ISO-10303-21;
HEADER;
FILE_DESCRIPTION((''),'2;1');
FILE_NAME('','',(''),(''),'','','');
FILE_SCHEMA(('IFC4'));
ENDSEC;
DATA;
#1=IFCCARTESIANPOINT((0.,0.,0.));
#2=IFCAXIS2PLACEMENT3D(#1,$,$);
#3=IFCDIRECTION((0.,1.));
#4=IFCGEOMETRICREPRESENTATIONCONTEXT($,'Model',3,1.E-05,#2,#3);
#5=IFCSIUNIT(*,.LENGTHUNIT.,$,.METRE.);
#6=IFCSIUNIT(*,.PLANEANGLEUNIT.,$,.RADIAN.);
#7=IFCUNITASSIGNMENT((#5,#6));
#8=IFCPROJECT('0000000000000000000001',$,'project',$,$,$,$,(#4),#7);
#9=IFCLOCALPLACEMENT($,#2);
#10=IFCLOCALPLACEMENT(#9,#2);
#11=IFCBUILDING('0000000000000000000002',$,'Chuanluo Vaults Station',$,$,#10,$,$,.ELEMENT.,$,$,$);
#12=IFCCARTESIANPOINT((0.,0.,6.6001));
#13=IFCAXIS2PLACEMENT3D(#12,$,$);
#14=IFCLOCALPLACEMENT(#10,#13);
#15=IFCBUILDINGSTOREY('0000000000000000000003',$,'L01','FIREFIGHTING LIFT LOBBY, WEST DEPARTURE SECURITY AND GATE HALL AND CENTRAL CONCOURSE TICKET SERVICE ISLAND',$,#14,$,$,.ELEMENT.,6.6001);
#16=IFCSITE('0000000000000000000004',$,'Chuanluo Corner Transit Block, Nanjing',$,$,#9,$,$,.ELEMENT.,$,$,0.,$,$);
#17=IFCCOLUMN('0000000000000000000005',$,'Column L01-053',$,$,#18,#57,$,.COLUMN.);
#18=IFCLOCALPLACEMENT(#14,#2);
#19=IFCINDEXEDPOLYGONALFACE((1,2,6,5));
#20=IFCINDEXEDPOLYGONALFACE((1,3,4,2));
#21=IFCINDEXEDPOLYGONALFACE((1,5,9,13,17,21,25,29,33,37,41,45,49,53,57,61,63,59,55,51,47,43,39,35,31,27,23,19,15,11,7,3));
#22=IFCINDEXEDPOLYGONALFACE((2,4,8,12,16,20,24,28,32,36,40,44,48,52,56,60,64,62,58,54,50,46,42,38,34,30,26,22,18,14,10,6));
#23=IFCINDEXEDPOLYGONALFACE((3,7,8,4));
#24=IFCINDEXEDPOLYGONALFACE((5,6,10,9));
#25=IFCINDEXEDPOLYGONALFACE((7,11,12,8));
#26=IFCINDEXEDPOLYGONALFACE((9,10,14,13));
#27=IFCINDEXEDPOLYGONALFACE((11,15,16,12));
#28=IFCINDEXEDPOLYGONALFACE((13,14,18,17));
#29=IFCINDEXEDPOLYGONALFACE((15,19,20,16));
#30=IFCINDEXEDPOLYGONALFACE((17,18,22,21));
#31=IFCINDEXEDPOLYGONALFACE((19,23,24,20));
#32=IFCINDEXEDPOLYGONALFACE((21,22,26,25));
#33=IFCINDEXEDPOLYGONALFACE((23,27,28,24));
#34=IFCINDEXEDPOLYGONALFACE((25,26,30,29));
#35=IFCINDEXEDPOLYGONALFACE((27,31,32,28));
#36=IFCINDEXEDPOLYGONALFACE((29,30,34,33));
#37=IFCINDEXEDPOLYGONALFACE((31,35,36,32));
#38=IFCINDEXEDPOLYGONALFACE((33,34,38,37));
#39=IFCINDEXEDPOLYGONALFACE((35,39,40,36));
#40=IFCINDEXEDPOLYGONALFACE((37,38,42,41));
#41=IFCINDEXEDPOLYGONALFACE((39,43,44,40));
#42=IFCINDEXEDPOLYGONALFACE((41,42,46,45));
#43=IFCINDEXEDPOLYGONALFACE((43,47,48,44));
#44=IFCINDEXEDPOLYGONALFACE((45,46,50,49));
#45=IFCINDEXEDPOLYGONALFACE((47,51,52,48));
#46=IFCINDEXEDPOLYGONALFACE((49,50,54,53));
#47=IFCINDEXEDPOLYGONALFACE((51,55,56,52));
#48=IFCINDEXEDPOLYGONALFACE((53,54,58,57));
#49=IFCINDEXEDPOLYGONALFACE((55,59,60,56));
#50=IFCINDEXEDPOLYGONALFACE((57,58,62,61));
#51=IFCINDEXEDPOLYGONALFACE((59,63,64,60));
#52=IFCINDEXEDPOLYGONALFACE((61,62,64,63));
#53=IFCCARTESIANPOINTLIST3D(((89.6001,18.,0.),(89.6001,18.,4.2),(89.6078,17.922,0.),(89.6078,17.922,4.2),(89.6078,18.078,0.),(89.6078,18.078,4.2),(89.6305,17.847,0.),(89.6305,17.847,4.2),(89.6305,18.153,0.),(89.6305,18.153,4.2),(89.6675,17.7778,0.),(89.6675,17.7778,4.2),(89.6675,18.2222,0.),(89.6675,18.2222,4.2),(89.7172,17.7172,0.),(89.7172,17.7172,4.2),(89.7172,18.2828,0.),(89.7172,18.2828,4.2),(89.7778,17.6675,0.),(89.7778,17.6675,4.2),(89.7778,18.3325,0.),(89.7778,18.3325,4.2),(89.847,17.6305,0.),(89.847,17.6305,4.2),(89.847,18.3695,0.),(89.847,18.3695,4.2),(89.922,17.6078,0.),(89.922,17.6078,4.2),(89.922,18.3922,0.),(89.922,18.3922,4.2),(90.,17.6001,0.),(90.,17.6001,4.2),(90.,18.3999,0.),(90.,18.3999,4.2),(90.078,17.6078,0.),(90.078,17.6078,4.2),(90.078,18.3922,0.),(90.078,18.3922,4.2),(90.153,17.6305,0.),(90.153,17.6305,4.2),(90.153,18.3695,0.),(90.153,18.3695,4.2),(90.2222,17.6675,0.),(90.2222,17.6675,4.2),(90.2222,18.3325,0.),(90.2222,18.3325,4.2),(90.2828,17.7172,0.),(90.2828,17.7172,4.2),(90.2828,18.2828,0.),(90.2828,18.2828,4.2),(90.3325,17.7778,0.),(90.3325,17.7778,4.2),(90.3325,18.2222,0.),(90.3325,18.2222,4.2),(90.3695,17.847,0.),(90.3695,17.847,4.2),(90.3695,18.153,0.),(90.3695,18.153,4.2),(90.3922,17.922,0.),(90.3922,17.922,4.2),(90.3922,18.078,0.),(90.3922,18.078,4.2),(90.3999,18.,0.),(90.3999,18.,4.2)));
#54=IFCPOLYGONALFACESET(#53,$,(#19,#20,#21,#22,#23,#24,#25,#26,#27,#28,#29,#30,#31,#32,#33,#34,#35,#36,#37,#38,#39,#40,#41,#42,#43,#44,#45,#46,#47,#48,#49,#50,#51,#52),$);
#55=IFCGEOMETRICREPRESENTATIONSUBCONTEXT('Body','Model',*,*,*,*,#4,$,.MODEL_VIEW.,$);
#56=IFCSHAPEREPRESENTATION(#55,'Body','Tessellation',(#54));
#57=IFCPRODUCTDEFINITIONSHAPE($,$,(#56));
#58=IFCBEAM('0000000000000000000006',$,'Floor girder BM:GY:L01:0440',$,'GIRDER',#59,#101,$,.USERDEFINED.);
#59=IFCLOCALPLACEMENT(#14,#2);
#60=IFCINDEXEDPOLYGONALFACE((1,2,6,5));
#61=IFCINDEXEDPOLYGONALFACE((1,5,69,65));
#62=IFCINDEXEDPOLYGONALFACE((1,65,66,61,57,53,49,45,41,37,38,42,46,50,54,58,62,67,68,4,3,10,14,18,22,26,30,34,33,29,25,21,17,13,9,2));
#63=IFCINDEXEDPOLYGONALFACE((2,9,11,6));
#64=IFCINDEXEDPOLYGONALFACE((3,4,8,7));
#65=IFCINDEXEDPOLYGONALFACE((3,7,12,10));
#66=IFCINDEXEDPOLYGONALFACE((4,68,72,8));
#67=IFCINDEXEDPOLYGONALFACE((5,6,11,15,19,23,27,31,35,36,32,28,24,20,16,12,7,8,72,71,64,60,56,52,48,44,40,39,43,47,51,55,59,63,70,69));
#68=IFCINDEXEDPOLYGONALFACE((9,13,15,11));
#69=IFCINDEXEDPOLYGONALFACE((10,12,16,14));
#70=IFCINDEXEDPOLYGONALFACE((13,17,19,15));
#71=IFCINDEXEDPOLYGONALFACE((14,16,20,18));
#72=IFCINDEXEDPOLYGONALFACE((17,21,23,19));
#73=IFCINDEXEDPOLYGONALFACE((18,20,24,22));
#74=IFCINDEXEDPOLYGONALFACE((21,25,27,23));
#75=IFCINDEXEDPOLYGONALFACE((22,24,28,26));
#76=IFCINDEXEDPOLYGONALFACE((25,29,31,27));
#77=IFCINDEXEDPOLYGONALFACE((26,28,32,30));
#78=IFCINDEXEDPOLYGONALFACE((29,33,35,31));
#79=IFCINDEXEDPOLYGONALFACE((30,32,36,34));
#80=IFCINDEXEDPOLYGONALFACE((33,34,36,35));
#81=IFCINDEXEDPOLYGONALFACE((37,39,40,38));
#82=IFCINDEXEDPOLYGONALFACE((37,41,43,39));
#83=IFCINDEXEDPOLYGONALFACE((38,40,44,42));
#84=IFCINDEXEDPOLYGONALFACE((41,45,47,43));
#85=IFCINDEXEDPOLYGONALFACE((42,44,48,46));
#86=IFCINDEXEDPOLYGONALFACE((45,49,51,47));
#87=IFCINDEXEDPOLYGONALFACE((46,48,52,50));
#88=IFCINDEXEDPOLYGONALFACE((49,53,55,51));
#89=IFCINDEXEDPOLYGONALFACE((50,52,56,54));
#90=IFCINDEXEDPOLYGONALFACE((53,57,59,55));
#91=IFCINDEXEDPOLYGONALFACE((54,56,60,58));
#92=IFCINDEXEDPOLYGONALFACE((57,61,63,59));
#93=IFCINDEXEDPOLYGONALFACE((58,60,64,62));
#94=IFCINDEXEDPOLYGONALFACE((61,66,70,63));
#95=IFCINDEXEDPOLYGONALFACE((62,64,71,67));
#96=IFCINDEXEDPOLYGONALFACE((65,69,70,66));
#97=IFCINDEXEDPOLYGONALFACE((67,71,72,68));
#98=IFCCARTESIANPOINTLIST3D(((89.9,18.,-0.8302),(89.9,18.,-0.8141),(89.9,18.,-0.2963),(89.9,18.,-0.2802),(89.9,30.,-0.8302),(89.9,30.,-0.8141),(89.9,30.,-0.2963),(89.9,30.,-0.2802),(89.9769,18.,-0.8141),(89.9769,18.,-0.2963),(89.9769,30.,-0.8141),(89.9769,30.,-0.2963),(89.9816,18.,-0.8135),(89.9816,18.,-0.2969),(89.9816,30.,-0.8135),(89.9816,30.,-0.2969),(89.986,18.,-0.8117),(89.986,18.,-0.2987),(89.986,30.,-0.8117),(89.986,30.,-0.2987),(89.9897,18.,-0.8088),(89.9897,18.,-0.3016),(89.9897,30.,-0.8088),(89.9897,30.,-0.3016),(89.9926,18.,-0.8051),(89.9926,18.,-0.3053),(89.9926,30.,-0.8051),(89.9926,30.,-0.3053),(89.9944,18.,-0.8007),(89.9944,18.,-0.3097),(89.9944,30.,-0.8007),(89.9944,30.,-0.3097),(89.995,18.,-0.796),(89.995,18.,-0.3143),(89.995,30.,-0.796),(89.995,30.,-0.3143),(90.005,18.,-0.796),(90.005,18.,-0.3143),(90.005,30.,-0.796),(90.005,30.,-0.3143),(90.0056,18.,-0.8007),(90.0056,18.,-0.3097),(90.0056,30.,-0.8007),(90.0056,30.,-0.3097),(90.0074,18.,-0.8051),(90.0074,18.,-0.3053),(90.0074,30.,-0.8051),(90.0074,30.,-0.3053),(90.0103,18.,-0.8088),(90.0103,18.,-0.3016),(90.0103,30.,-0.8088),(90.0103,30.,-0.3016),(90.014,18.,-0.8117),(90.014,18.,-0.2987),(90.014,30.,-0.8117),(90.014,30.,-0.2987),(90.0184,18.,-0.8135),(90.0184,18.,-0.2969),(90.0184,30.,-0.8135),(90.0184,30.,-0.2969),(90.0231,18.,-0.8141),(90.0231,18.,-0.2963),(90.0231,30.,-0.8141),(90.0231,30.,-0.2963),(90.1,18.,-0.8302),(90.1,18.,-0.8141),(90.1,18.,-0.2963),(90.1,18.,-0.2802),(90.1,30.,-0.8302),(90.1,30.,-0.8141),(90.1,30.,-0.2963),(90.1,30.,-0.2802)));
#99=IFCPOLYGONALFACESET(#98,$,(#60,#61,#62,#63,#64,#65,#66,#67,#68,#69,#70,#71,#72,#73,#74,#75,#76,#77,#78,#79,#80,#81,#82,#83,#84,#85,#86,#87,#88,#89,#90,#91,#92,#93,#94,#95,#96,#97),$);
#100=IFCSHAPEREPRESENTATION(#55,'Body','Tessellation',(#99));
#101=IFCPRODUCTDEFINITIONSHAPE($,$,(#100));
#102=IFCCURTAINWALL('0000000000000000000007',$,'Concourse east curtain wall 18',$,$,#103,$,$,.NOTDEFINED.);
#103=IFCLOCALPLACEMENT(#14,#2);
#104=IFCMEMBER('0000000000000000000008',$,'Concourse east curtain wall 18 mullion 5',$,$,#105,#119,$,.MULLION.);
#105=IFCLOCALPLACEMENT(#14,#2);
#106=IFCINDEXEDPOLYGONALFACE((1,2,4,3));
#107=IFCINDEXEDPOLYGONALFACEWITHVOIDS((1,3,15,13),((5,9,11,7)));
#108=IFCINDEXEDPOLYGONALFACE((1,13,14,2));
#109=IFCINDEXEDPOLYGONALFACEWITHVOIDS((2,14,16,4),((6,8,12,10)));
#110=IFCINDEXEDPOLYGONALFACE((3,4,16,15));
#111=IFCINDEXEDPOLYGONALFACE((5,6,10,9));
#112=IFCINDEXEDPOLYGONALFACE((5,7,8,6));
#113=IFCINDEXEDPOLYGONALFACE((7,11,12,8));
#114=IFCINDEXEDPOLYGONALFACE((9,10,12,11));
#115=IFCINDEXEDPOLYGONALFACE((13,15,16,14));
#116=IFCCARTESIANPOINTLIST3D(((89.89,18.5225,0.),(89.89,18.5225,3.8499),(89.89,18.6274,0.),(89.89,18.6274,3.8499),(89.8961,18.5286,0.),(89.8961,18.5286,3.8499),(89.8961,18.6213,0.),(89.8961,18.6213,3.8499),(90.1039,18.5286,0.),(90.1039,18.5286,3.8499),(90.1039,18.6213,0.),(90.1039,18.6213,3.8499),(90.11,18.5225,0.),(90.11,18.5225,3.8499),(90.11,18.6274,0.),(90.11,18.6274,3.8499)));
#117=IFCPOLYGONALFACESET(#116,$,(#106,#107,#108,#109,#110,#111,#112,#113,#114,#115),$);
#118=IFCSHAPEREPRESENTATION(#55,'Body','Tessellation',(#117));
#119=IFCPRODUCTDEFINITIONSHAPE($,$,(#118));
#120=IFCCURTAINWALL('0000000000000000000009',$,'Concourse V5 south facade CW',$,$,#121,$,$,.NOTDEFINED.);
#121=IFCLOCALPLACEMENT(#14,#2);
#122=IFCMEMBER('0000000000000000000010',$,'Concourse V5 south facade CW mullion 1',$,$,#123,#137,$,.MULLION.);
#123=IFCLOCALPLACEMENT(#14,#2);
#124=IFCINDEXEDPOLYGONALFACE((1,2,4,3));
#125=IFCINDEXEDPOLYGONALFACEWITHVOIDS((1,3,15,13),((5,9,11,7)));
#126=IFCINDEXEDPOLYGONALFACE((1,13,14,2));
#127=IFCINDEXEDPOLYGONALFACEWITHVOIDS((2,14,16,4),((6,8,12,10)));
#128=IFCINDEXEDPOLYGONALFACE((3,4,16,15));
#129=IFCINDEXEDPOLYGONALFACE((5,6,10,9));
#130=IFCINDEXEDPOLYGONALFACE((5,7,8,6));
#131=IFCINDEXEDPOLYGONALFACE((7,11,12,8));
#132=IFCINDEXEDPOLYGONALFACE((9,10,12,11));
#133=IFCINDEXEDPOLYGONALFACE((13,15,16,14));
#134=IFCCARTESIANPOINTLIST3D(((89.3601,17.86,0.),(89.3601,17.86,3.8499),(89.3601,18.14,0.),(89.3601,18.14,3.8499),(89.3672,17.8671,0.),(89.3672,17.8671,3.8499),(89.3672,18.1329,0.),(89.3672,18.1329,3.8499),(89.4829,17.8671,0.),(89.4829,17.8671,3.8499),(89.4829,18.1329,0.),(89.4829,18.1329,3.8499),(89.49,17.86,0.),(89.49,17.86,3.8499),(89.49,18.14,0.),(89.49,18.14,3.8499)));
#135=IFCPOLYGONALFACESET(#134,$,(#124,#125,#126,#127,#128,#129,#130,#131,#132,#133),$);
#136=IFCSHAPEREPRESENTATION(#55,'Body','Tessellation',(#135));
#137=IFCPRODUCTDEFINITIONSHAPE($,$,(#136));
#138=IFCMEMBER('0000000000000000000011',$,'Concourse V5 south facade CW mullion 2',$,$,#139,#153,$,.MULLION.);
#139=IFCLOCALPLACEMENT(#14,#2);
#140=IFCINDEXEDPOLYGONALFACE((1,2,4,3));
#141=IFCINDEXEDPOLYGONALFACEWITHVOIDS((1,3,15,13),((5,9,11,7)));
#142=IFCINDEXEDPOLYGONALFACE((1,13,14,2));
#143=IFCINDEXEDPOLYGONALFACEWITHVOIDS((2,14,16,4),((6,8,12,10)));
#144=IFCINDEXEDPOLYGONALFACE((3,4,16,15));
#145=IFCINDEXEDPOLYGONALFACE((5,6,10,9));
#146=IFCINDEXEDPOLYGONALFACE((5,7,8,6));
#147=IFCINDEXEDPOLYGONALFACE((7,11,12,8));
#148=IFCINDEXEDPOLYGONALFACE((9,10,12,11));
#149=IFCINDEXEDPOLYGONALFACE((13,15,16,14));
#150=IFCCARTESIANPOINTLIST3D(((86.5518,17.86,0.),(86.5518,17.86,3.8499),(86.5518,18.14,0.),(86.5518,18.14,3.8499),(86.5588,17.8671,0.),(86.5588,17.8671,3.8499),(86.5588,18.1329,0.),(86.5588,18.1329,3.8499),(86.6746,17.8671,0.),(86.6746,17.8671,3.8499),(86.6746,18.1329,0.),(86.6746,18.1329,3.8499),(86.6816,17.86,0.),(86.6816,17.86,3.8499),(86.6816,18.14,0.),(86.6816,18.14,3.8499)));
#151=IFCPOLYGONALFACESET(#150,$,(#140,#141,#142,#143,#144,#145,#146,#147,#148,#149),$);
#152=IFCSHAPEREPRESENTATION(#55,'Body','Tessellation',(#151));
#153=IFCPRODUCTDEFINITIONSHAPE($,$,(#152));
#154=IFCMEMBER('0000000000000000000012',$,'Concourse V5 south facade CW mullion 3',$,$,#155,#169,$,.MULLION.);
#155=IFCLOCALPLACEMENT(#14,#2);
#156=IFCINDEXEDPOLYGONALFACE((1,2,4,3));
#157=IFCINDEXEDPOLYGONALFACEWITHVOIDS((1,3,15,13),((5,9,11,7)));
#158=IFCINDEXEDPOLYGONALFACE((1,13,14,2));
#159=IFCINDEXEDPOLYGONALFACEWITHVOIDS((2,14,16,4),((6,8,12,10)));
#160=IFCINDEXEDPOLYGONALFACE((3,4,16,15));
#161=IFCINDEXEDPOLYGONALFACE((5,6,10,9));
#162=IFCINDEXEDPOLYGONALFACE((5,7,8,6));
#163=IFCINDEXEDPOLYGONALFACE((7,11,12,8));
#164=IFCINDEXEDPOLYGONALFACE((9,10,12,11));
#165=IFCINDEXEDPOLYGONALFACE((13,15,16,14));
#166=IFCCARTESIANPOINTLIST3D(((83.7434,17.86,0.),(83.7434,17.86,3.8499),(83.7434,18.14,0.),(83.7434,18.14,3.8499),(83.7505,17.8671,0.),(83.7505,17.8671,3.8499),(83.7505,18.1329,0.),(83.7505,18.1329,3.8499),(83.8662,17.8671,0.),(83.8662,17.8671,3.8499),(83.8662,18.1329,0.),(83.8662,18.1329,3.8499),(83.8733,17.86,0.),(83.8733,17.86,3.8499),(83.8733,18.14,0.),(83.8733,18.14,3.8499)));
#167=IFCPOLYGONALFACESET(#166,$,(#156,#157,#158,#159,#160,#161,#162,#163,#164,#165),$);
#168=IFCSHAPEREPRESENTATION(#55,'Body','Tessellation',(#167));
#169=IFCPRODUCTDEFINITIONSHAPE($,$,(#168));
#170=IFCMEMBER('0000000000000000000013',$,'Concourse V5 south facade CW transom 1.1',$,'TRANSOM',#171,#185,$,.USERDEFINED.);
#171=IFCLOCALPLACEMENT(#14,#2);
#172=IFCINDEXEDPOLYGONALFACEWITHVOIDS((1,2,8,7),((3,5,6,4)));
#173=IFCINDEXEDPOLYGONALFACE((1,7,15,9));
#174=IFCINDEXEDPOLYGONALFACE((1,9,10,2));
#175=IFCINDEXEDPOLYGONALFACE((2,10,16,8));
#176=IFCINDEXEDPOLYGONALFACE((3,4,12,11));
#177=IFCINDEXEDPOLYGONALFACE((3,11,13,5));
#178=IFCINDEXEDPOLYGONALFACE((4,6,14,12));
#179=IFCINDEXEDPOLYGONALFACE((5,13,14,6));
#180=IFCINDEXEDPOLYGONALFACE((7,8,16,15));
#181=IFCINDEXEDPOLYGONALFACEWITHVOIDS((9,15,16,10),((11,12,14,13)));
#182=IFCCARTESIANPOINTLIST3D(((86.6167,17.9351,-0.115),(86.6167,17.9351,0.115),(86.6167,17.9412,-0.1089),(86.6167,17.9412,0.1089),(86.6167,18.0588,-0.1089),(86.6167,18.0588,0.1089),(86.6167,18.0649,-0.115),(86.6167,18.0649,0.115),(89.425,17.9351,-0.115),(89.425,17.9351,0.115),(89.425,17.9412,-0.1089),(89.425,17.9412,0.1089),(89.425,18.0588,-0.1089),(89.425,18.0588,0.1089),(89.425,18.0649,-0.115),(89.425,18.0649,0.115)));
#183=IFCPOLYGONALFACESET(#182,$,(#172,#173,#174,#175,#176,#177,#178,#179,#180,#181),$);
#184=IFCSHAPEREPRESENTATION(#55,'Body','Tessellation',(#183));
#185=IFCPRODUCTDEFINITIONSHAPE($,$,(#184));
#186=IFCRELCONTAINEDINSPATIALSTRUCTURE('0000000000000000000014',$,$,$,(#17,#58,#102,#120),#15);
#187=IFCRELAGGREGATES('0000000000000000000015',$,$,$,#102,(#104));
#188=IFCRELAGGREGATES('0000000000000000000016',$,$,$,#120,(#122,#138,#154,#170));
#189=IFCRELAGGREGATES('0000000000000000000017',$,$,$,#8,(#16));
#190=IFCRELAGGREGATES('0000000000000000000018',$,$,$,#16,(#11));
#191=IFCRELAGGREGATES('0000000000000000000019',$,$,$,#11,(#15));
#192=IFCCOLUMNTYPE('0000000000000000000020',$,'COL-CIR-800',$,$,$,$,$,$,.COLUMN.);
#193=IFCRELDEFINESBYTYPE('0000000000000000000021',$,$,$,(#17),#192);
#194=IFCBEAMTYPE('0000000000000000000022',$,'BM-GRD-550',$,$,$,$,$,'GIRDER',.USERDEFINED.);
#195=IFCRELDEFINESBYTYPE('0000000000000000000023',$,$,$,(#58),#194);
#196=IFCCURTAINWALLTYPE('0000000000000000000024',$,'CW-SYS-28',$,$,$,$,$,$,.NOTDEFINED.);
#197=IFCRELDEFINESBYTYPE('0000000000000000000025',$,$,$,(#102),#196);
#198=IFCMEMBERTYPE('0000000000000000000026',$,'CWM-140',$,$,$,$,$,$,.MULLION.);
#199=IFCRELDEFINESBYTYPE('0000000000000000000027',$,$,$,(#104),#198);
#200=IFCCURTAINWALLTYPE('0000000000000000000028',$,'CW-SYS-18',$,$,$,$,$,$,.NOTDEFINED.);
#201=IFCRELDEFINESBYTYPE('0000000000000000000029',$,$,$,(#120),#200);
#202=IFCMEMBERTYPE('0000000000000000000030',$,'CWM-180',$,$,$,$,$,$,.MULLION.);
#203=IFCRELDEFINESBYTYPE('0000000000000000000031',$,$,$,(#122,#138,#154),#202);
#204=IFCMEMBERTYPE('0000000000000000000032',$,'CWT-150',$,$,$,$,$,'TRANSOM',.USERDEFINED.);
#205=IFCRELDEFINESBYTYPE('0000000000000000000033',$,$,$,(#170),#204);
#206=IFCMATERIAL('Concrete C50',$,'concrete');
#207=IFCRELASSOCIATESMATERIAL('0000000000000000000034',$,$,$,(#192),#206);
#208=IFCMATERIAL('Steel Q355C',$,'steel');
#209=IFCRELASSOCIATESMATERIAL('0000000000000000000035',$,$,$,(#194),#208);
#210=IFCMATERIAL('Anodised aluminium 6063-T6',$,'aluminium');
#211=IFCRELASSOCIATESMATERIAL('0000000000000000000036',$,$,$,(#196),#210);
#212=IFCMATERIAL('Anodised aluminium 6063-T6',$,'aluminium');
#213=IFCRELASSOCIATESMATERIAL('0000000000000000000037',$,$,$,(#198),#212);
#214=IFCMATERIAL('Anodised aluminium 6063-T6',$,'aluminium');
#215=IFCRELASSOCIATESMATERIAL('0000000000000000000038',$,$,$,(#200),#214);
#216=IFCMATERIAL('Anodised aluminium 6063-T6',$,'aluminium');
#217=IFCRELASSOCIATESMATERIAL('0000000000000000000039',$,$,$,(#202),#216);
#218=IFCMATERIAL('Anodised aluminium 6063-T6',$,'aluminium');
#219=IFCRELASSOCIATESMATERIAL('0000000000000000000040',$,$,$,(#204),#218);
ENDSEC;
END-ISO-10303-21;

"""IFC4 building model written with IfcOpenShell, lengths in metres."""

from ifc_helpers import new_model, si_unit, direction, frame, origin, origin_2d, place, context, subcontext, project, spatial, hollow_rectangle, circle, i_section, extrude, material, material_profile, profile_set, type_object, element, aggregate, save


model = new_model("IFC4")

# Units and contexts
model_context = context("Model", 3, precision=1e-05, world=origin(), true_north=direction((0.0, 1.0)))
body_context = subcontext(model_context, "Body", "Model", "MODEL_VIEW")
ifc_project = project(units=[si_unit("LENGTHUNIT", "METRE"), si_unit("PLANEANGLEUNIT", "RADIAN")], contexts=[model_context])

# Site, building, storey
site_placement = place(None, origin())
site = spatial("IfcSite", under=ifc_project, at=site_placement, Name="Chuanluo Corner Transit Block, Nanjing", CompositionType="ELEMENT", RefElevation=0.0)
building_placement = place(site_placement, origin())
building = spatial("IfcBuilding", under=site, at=building_placement, Name="Chuanluo Vaults Station", CompositionType="ELEMENT")
storey_placement = place(building_placement, frame((0.0, 0.0, 6.6001)))
storey = spatial("IfcBuildingStorey", under=building, at=storey_placement, Name="L01", Description="FIREFIGHTING LIFT LOBBY, WEST DEPARTURE SECURITY AND GATE HALL AND CENTRAL CONCOURSE TICKET SERVICE ISLAND", CompositionType="ELEMENT", Elevation=6.6001)

# Column
ifc_material_1 = material(Name="Concrete C50", Category="concrete")
ifc_material_profile_1 = material_profile(ifc_material_1, circle(Radius=0.3999, at=origin_2d()))
ifc_profile_set_1 = profile_set([ifc_material_profile_1], Name="Concrete C50")
column_type = type_object("IfcColumnType", Name="COL-CIR-800", PredefinedType="COLUMN", material=ifc_profile_set_1)
column_placement = place(storey_placement, frame((90.0, 18.0, 0.0), z_axis=(0.0, 0.0, 1.0), x_axis=(1.0, 0.0, 0.0)))
element("IfcColumn", 1, at=column_placement, inside=storey, type_object=column_type, Name="Column L01-053", PredefinedType="COLUMN", context=body_context, shape_type="SweptSolid", body=[
    extrude(circle(Radius=0.3999, at=origin_2d()), origin(), (0.0, 0.0, 1.0), 4.2),
])

# Beam
ifc_material_2 = material(Name="Steel Q355C", Category="steel")
ifc_material_profile_2 = material_profile(ifc_material_2, i_section(OverallWidth=0.2, OverallDepth=0.55, WebThickness=0.01, FlangeThickness=0.0161, FilletRadius=0.0181, at=origin_2d()))
ifc_profile_set_2 = profile_set([ifc_material_profile_2], Name="Steel Q355C")
beam_type = type_object("IfcBeamType", Name="BM-GRD-550", ElementType="GIRDER", PredefinedType="USERDEFINED", material=ifc_profile_set_2)
beam_placement = place(storey_placement, frame((90.0, 18.0, -0.5552), z_axis=(0.0, 1.0, 0.0), x_axis=(-1.0, 0.0, 0.0)))
element("IfcBeam", 2, at=beam_placement, inside=storey, type_object=beam_type, Name="Floor girder BM:GY:L01:0440", ObjectType="GIRDER", PredefinedType="USERDEFINED", context=body_context, shape_type="SweptSolid", body=[
    extrude(i_section(OverallWidth=0.2, OverallDepth=0.55, WebThickness=0.01, FlangeThickness=0.0161, FilletRadius=0.0181, at=origin_2d()), origin(), (0.0, 0.0, 1.0), 12.0),
])

# Curtain wall, member
ifc_material_3 = material(Name="Anodised aluminium 6063-T6", Category="aluminium")
curtain_wall_type_1 = type_object("IfcCurtainWallType", Name="CW-SYS-28", PredefinedType="NOTDEFINED", material=ifc_material_3)
curtain_wall_1_placement = place(storey_placement, origin())
curtain_wall_1 = element("IfcCurtainWall", 3, at=curtain_wall_1_placement, inside=storey, type_object=curtain_wall_type_1, Name="Concourse east curtain wall 18", PredefinedType="NOTDEFINED")
ifc_material_4 = material(Name="Anodised aluminium 6063-T6", Category="aluminium")
ifc_material_profile_3 = material_profile(ifc_material_4, hollow_rectangle(XDim=0.105, YDim=0.22, WallThickness=0.0061, at=origin_2d()))
ifc_profile_set_3 = profile_set([ifc_material_profile_3], Name="Anodised aluminium 6063-T6")
member_type_1 = type_object("IfcMemberType", Name="CWM-140", PredefinedType="MULLION", material=ifc_profile_set_3)
member_1_placement = place(storey_placement, frame((90.0, 18.575, 0.0), z_axis=(0.0, 0.0, 1.0), x_axis=(0.0, -1.0, 0.0)))
member_1 = element("IfcMember", 4, at=member_1_placement, type_object=member_type_1, Name="Concourse east curtain wall 18 mullion 5", PredefinedType="MULLION", context=body_context, shape_type="SweptSolid", body=[
    extrude(hollow_rectangle(XDim=0.105, YDim=0.22, WallThickness=0.0061, at=origin_2d()), origin(), (0.0, 0.0, 1.0), 3.8499),
])
aggregate(curtain_wall_1, [member_1])

# Curtain wall, members
ifc_material_5 = material(Name="Anodised aluminium 6063-T6", Category="aluminium")
curtain_wall_type_2 = type_object("IfcCurtainWallType", Name="CW-SYS-18", PredefinedType="NOTDEFINED", material=ifc_material_5)
curtain_wall_2_placement = place(storey_placement, origin())
curtain_wall_2 = element("IfcCurtainWall", 5, at=curtain_wall_2_placement, inside=storey, type_object=curtain_wall_type_2, Name="Concourse V5 south facade CW", PredefinedType="NOTDEFINED")
ifc_material_6 = material(Name="Anodised aluminium 6063-T6", Category="aluminium")
ifc_material_profile_4 = material_profile(ifc_material_6, hollow_rectangle(XDim=0.1299, YDim=0.28, WallThickness=0.0071, at=origin_2d()))
ifc_profile_set_4 = profile_set([ifc_material_profile_4], Name="Anodised aluminium 6063-T6")
member_type_2 = type_object("IfcMemberType", Name="CWM-180", PredefinedType="MULLION", material=ifc_profile_set_4)
member_2_placement = place(storey_placement, frame((89.425, 18.0, 0.0), z_axis=(0.0, 0.0, 1.0), x_axis=(-1.0, 0.0, 0.0)))
member_2 = element("IfcMember", 6, at=member_2_placement, type_object=member_type_2, Name="Concourse V5 south facade CW mullion 1", PredefinedType="MULLION", context=body_context, shape_type="SweptSolid", body=[
    extrude(hollow_rectangle(XDim=0.1299, YDim=0.28, WallThickness=0.0071, at=origin_2d()), origin(), (0.0, 0.0, 1.0), 3.8499),
])
member_3_placement = place(storey_placement, frame((86.6167, 18.0, 0.0), z_axis=(0.0, 0.0, 1.0), x_axis=(-1.0, 0.0, 0.0)))
member_3 = element("IfcMember", 7, at=member_3_placement, type_object=member_type_2, Name="Concourse V5 south facade CW mullion 2", PredefinedType="MULLION", context=body_context, shape_type="SweptSolid", body=[
    extrude(hollow_rectangle(XDim=0.1299, YDim=0.28, WallThickness=0.0071, at=origin_2d()), origin(), (0.0, 0.0, 1.0), 3.8499),
])
member_4_placement = place(storey_placement, frame((83.8083, 18.0, 0.0), z_axis=(0.0, 0.0, 1.0), x_axis=(-1.0, 0.0, 0.0)))
member_4 = element("IfcMember", 8, at=member_4_placement, type_object=member_type_2, Name="Concourse V5 south facade CW mullion 3", PredefinedType="MULLION", context=body_context, shape_type="SweptSolid", body=[
    extrude(hollow_rectangle(XDim=0.1299, YDim=0.28, WallThickness=0.0071, at=origin_2d()), origin(), (0.0, 0.0, 1.0), 3.8499),
])
ifc_material_7 = material(Name="Anodised aluminium 6063-T6", Category="aluminium")
ifc_material_profile_5 = material_profile(ifc_material_7, hollow_rectangle(XDim=0.1299, YDim=0.23, WallThickness=0.0061, at=origin_2d()))
ifc_profile_set_5 = profile_set([ifc_material_profile_5], Name="Anodised aluminium 6063-T6")
member_type_3 = type_object("IfcMemberType", Name="CWT-150", ElementType="TRANSOM", PredefinedType="USERDEFINED", material=ifc_profile_set_5)
member_5_placement = place(storey_placement, frame((89.425, 18.0, 0.0), z_axis=(-1.0, 0.0, 0.0), x_axis=(0.0, -1.0, 0.0)))
member_5 = element("IfcMember", 9, at=member_5_placement, type_object=member_type_3, Name="Concourse V5 south facade CW transom 1.1", ObjectType="TRANSOM", PredefinedType="USERDEFINED", context=body_context, shape_type="SweptSolid", body=[
    extrude(hollow_rectangle(XDim=0.1299, YDim=0.23, WallThickness=0.0061, at=origin_2d()), origin(), (0.0, 0.0, 1.0), 2.8083),
])

aggregate(curtain_wall_2, [member_2, member_3, member_4, member_5])

save(model, "model.ifc")
